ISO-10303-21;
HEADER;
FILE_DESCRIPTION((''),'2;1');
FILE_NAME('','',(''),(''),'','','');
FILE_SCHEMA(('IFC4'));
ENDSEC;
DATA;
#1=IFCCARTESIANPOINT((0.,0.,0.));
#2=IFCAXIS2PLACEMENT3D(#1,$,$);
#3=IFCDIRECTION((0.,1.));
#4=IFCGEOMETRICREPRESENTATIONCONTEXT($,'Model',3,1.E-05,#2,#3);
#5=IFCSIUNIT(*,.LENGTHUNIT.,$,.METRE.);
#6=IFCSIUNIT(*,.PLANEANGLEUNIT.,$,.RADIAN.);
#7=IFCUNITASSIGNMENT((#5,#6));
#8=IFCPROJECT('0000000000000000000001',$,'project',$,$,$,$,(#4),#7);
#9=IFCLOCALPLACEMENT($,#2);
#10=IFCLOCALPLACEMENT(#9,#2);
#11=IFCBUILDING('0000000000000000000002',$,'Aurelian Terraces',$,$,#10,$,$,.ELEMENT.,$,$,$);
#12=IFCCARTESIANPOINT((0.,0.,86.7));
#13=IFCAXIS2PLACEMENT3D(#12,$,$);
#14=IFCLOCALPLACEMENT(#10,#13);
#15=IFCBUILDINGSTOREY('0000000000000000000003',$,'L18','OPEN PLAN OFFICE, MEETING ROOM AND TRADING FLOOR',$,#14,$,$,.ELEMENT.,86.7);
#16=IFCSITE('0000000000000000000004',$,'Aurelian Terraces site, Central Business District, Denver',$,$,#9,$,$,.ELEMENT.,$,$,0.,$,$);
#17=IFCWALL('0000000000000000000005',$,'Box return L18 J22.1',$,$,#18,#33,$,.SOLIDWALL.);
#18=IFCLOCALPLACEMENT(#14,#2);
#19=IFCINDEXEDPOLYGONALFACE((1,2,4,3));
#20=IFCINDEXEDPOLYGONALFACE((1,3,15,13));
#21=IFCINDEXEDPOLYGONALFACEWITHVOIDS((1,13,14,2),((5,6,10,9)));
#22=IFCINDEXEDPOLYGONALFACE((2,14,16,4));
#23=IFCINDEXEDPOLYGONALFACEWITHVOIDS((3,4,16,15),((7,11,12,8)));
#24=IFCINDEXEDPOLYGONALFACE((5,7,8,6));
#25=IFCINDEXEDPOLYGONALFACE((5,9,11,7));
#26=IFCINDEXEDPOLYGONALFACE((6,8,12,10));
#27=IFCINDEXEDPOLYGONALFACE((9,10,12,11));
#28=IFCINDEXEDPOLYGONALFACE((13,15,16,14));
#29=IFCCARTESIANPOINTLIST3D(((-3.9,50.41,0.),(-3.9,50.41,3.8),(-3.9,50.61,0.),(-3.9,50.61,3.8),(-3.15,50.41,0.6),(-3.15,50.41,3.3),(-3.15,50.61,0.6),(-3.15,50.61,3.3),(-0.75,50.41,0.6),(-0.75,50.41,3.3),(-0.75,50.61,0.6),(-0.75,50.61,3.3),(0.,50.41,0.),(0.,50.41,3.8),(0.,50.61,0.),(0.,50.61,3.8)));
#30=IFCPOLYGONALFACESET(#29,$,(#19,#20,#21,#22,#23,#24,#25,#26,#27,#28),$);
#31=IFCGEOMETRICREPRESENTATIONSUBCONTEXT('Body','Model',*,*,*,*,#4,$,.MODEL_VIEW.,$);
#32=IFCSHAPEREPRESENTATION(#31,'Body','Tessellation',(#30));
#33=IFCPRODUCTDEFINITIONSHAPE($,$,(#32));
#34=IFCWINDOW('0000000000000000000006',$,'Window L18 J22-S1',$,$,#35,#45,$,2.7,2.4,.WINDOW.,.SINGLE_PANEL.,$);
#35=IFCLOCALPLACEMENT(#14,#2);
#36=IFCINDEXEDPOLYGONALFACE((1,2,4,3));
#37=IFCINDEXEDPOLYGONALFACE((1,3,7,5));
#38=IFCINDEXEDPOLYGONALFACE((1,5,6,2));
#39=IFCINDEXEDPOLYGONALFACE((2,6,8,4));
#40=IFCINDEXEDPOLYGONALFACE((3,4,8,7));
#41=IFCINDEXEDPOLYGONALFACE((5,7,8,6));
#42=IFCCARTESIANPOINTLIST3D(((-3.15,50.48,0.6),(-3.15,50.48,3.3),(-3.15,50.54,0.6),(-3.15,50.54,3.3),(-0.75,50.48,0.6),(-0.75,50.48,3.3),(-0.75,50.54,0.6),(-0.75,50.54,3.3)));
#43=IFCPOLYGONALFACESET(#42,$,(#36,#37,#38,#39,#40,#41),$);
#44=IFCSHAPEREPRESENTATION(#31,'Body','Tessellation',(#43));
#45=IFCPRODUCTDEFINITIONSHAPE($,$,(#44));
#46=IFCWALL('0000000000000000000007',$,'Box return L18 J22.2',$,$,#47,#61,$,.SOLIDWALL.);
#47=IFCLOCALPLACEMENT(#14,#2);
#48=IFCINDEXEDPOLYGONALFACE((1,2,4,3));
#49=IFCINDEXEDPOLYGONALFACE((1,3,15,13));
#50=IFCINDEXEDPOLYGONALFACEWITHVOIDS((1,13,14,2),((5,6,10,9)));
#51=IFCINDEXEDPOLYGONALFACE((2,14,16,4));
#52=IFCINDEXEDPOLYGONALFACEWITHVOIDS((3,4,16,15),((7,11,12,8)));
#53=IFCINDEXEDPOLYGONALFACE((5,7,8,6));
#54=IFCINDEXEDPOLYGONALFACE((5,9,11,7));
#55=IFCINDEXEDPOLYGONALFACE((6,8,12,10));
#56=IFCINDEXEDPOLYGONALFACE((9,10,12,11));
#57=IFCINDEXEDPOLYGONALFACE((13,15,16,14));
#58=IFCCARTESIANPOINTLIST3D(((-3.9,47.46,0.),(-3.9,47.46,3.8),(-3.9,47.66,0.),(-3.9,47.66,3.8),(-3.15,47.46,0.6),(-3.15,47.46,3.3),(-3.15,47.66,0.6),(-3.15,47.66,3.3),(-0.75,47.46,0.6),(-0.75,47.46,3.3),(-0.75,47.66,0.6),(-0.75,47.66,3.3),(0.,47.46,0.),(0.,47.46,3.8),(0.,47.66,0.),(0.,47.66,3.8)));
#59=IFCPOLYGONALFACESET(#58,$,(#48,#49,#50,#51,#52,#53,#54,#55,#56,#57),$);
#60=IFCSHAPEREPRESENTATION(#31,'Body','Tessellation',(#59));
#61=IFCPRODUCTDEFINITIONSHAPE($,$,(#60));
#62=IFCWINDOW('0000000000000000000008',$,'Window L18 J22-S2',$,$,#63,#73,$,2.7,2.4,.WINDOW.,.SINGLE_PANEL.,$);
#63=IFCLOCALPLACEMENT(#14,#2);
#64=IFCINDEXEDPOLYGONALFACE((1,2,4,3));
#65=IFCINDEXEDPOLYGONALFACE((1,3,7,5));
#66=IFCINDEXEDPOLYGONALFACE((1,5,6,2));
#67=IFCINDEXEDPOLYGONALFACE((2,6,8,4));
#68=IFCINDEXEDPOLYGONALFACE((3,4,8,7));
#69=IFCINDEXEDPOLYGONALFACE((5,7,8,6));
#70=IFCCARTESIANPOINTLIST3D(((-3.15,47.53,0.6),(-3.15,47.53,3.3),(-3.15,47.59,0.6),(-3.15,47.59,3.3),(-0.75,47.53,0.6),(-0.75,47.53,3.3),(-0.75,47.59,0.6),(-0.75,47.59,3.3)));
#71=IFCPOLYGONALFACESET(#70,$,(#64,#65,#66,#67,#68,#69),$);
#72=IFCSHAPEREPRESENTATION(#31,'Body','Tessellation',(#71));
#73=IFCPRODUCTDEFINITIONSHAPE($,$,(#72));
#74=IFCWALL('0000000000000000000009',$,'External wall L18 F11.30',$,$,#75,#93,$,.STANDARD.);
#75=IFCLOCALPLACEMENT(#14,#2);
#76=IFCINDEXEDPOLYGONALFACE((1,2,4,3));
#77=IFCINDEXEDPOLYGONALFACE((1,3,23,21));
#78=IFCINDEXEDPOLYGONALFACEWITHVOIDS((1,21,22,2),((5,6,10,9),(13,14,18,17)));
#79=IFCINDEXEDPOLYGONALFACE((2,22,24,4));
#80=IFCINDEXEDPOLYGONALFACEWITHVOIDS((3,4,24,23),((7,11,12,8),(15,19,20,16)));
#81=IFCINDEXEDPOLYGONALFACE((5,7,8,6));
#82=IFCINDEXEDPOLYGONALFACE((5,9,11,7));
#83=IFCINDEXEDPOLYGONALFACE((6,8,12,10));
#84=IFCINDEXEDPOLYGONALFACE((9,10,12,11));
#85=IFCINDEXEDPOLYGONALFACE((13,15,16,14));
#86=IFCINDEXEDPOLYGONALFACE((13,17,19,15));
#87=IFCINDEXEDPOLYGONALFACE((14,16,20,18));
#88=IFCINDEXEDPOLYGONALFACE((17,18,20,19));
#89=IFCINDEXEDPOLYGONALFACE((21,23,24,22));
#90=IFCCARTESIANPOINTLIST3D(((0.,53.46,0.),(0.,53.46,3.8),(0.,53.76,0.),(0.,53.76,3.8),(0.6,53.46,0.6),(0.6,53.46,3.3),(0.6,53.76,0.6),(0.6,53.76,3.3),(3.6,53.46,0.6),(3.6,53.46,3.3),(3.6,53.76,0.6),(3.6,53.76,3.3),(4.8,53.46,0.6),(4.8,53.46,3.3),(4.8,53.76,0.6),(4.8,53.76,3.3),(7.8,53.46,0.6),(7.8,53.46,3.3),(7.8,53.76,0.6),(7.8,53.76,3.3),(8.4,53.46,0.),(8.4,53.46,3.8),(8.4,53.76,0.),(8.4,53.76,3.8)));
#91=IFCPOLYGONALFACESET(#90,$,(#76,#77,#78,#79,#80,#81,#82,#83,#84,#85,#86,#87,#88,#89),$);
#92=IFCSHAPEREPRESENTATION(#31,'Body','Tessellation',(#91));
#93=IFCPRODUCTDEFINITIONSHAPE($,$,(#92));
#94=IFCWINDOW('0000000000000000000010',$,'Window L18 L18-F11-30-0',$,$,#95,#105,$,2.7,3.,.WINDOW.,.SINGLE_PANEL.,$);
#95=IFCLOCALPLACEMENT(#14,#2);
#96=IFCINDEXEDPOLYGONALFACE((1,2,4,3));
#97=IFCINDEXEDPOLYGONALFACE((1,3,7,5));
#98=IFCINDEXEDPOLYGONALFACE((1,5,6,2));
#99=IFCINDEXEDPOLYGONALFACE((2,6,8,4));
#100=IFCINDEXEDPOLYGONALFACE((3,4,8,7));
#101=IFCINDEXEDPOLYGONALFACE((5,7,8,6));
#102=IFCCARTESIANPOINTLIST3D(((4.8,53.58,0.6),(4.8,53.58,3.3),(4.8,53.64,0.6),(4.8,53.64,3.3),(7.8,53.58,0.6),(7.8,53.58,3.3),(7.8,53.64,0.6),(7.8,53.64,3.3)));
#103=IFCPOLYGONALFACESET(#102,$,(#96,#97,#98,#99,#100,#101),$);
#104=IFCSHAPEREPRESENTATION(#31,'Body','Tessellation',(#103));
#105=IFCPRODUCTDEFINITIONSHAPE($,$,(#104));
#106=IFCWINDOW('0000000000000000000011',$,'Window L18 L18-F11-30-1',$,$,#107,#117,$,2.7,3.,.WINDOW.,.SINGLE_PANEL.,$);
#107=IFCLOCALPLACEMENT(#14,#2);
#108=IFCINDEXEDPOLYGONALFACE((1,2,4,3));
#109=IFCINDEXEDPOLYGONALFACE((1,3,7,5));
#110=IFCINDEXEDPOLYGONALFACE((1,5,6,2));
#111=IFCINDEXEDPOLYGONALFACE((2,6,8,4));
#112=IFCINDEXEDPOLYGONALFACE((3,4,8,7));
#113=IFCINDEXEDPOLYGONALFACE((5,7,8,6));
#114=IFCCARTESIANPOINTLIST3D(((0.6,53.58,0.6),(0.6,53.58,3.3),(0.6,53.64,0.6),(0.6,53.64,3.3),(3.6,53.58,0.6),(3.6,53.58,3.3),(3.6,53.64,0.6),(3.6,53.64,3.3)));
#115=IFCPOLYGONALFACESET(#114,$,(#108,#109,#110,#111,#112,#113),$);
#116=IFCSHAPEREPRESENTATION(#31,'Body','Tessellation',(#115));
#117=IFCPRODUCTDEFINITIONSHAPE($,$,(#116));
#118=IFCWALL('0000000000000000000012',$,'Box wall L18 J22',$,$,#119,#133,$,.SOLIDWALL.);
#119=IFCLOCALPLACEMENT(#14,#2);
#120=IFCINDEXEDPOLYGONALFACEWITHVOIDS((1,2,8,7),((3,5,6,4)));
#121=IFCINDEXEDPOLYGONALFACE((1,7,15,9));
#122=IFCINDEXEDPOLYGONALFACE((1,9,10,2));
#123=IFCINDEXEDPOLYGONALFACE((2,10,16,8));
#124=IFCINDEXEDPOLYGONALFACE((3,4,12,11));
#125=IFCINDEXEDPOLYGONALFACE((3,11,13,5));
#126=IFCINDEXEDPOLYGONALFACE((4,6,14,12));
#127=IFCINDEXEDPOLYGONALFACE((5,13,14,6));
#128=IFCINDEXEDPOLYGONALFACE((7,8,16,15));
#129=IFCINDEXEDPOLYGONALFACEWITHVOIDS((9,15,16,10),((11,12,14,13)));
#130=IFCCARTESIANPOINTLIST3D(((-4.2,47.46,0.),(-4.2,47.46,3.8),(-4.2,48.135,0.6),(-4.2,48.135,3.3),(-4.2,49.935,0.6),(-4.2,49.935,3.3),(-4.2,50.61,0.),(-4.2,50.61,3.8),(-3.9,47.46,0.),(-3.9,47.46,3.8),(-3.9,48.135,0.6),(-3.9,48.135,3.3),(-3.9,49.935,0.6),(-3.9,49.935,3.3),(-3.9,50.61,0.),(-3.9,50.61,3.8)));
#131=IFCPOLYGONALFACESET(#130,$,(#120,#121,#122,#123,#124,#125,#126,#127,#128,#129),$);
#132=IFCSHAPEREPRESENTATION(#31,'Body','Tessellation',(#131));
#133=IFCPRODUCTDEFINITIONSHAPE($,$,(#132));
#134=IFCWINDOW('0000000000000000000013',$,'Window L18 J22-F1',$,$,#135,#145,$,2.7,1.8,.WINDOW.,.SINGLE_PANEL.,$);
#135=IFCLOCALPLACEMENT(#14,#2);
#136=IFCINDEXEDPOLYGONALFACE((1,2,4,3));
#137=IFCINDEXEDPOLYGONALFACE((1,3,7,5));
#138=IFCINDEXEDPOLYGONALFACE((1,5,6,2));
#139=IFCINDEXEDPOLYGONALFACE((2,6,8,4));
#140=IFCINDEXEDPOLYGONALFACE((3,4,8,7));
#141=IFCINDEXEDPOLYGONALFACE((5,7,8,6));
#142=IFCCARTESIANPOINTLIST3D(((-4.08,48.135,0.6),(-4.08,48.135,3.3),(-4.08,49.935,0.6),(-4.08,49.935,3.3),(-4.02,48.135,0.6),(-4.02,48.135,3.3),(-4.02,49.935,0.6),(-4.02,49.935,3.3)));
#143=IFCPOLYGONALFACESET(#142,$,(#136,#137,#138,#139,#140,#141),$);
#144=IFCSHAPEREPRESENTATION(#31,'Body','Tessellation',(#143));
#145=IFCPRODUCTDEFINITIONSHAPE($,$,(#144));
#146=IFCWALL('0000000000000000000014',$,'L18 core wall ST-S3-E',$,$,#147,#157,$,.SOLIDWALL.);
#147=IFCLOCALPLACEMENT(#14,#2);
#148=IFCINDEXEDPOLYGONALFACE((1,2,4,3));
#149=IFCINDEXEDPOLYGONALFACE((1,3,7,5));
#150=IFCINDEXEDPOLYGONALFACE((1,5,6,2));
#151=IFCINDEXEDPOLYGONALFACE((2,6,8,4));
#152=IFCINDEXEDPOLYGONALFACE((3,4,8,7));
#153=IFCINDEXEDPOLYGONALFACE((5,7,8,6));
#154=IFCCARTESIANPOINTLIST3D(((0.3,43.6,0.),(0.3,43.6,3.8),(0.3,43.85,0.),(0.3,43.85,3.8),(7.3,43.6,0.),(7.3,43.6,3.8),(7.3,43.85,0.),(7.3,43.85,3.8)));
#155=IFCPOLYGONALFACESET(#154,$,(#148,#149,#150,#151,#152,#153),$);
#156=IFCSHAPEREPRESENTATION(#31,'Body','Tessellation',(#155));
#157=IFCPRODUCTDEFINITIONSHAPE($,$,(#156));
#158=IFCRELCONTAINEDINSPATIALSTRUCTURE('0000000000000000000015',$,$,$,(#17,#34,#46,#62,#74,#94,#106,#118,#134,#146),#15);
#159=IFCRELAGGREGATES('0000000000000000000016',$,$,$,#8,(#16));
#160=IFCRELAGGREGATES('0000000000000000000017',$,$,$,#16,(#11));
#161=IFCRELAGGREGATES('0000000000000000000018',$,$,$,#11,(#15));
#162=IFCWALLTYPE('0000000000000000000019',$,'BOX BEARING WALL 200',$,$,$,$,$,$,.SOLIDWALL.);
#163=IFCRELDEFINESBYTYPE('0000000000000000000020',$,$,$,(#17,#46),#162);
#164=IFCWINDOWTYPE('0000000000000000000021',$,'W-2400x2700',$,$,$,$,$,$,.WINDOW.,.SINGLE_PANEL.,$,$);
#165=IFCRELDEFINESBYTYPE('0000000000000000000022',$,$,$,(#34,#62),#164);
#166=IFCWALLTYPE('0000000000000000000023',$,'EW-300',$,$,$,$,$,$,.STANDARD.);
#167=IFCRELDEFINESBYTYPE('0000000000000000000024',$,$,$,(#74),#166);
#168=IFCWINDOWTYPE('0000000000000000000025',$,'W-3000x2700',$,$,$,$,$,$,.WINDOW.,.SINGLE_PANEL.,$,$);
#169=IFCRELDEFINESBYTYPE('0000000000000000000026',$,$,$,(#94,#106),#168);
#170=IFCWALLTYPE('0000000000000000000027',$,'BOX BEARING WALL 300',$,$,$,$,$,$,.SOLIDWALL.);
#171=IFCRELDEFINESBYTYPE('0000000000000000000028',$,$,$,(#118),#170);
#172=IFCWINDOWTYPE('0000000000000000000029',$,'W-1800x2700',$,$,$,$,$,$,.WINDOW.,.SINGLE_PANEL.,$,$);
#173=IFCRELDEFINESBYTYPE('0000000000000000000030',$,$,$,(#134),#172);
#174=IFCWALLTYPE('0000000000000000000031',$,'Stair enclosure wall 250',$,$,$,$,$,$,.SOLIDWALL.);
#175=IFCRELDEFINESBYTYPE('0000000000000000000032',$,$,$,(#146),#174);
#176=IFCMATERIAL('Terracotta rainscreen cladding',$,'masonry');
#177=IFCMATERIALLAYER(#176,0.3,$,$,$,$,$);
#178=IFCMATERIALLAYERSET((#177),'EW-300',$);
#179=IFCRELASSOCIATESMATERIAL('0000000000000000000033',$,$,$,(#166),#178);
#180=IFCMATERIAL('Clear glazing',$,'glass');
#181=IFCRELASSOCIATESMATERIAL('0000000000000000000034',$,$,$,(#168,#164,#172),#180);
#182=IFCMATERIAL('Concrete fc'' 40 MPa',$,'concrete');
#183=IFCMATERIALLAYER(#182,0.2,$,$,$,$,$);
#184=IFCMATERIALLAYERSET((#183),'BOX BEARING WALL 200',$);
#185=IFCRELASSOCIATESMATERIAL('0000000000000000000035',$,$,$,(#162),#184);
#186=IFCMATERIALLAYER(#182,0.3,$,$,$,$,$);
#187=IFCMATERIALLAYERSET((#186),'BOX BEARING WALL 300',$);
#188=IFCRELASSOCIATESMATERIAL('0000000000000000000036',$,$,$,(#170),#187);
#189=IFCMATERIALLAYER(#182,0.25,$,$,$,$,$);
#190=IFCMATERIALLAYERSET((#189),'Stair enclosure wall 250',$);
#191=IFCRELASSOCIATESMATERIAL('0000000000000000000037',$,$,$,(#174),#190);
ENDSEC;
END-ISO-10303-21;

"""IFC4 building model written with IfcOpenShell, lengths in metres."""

from ifc_helpers import new_model, si_unit, direction, frame, frame_2d, origin, place, context, subcontext, project, spatial, rectangle, extrude, source, transform, mapped, material, layer, layer_set, type_object, element, fill, save


model = new_model("IFC4")

# Units and contexts
model_context = context("Model", 3, precision=1e-05, world=origin(), true_north=direction((0.0, 1.0)))
body_context = subcontext(model_context, "Body", "Model", "MODEL_VIEW")
ifc_project = project(units=[si_unit("LENGTHUNIT", "METRE"), si_unit("PLANEANGLEUNIT", "RADIAN")], contexts=[model_context])

# Site, building, storey
site_placement = place(None, origin())
site = spatial("IfcSite", under=ifc_project, at=site_placement, Name="Aurelian Terraces site, Central Business District, Denver", CompositionType="ELEMENT", RefElevation=0.0)
building_placement = place(site_placement, origin())
building = spatial("IfcBuilding", under=site, at=building_placement, Name="Aurelian Terraces", CompositionType="ELEMENT")
storey_placement = place(building_placement, frame((0.0, 0.0, 86.7)))
storey = spatial("IfcBuildingStorey", under=building, at=storey_placement, Name="L18", Description="OPEN PLAN OFFICE, MEETING ROOM AND TRADING FLOOR", CompositionType="ELEMENT", Elevation=86.7)

# Shared definitions
ifc_material_1 = material(Name="Terracotta rainscreen cladding", Category="masonry")
ifc_layer_1 = layer(ifc_material_1, 0.3)
ifc_layer_set_1 = layer_set([ifc_layer_1], Name="EW-300")
wall_type_1 = type_object("IfcWallType", Name="EW-300", PredefinedType="STANDARD", material=ifc_layer_set_1)

# Shared definitions
shared_shape_1 = source(origin(), body_context, "Body", "SweptSolid", [
    extrude(rectangle(XDim=3.0, YDim=2.7, at=frame_2d((1.5, 1.35))), frame((0.0, 0.16, 0.0), z_axis=(0.0, -1.0, 0.0), x_axis=(1.0, 0.0, 0.0)), (0.0, 0.0, 1.0), 0.32),
])
ifc_material_2 = material(Name="Clear glazing", Category="glass")
window_type_1 = type_object("IfcWindowType", Name="W-3000x2700", PartitioningType="SINGLE_PANEL", PredefinedType="WINDOW", material=ifc_material_2)
shared_shape_2 = source(origin(), body_context, "Body", "SweptSolid", [
    extrude(rectangle(XDim=3.0, YDim=2.7, at=frame_2d((1.5, 1.35))), frame((0.0, 0.03, 0.0), z_axis=(0.0, -1.0, 0.0), x_axis=(1.0, 0.0, 0.0)), (0.0, 0.0, 1.0), 0.06),
])

# Shared definitions
ifc_material_3 = material(Name="Concrete fc' 40 MPa", Category="concrete")

# Walls, openings, windows
ifc_layer_2 = layer(ifc_material_3, 0.2)
ifc_layer_set_2 = layer_set([ifc_layer_2], Name="BOX BEARING WALL 200")
wall_type_2 = type_object("IfcWallType", Name="BOX BEARING WALL 200", PredefinedType="SOLIDWALL", material=ifc_layer_set_2)
shared_shape_3 = source(origin(), body_context, "Body", "SweptSolid", [
    extrude(rectangle(XDim=3.9, YDim=0.2, at=frame_2d((1.95, 0.0))), origin(), (0.0, 0.0, 1.0), 3.8),
])
wall_1_placement = place(storey_placement, frame((0.0, 50.51, 0.0), z_axis=(0.0, 0.0, 1.0), x_axis=(-1.0, 0.0, 0.0)))
wall_1 = element("IfcWall", 1, at=wall_1_placement, inside=storey, type_object=wall_type_2, Name="Box return L18 J22.1", PredefinedType="SOLIDWALL", context=body_context, shape_type="MappedRepresentation", body=[
    mapped(shared_shape_3, transform((0.0, 0.0, 0.0), scale=1.0)),
])
shared_shape_4 = source(origin(), body_context, "Body", "SweptSolid", [
    extrude(rectangle(XDim=2.4, YDim=2.7, at=frame_2d((1.2, 1.35))), frame((0.0, 0.11, 0.0), z_axis=(0.0, -1.0, 0.0), x_axis=(1.0, 0.0, 0.0)), (0.0, 0.0, 1.0), 0.22),
])
opening_1_placement = place(wall_1_placement, frame((0.75, 0.0, 0.6)))
opening_1 = element("IfcOpeningElement", 2, at=opening_1_placement, cuts=wall_1, PredefinedType="OPENING", context=body_context, shape_type="MappedRepresentation", body=[
    mapped(shared_shape_4, transform((0.0, 0.0, 0.0), scale=1.0)),
])
window_type_2 = type_object("IfcWindowType", Name="W-2400x2700", PartitioningType="SINGLE_PANEL", PredefinedType="WINDOW", material=ifc_material_2)
shared_shape_5 = source(origin(), body_context, "Body", "SweptSolid", [
    extrude(rectangle(XDim=2.4, YDim=2.7, at=frame_2d((1.2, 1.35))), frame((0.0, 0.03, 0.0), z_axis=(0.0, -1.0, 0.0), x_axis=(1.0, 0.0, 0.0)), (0.0, 0.0, 1.0), 0.06),
])
window_1_placement = place(opening_1_placement, origin())
window_1 = element("IfcWindow", 3, at=window_1_placement, inside=storey, type_object=window_type_2, Name="Window L18 J22-S1", OverallHeight=2.7, OverallWidth=2.4, PartitioningType="SINGLE_PANEL", PredefinedType="WINDOW", context=body_context, shape_type="MappedRepresentation", body=[
    mapped(shared_shape_5, transform((0.0, 0.0, 0.0), scale=1.0)),
])
fill(opening_1, window_1)
wall_2_placement = place(storey_placement, frame((0.0, 47.56, 0.0), z_axis=(0.0, 0.0, 1.0), x_axis=(-1.0, 0.0, 0.0)))
wall_2 = element("IfcWall", 4, at=wall_2_placement, inside=storey, type_object=wall_type_2, Name="Box return L18 J22.2", PredefinedType="SOLIDWALL", context=body_context, shape_type="MappedRepresentation", body=[
    mapped(shared_shape_3, transform((0.0, 0.0, 0.0), scale=1.0)),
])
opening_2_placement = place(wall_2_placement, frame((0.75, 0.0, 0.6)))
opening_2 = element("IfcOpeningElement", 5, at=opening_2_placement, cuts=wall_2, PredefinedType="OPENING", context=body_context, shape_type="MappedRepresentation", body=[
    mapped(shared_shape_4, transform((0.0, 0.0, 0.0), scale=1.0)),
])
window_2_placement = place(opening_2_placement, origin())
window_2 = element("IfcWindow", 6, at=window_2_placement, inside=storey, type_object=window_type_2, Name="Window L18 J22-S2", OverallHeight=2.7, OverallWidth=2.4, PartitioningType="SINGLE_PANEL", PredefinedType="WINDOW", context=body_context, shape_type="MappedRepresentation", body=[
    mapped(shared_shape_5, transform((0.0, 0.0, 0.0), scale=1.0)),
])
fill(opening_2, window_2)

# Wall, openings, windows
shared_shape_6 = source(origin(), body_context, "Body", "SweptSolid", [
    extrude(rectangle(XDim=8.4, YDim=0.3, at=frame_2d((4.2, 0.0))), origin(), (0.0, 0.0, 1.0), 3.8),
])
wall_3_placement = place(storey_placement, frame((8.4, 53.61, 0.0), z_axis=(0.0, 0.0, 1.0), x_axis=(-1.0, 0.0, 0.0)))
wall_3 = element("IfcWall", 7, at=wall_3_placement, inside=storey, type_object=wall_type_1, Name="External wall L18 F11.30", PredefinedType="STANDARD", context=body_context, shape_type="MappedRepresentation", body=[
    mapped(shared_shape_6, transform((0.0, 0.0, 0.0), scale=1.0)),
])
opening_3_placement = place(wall_3_placement, frame((0.6, 0.0, 0.6)))
opening_3 = element("IfcOpeningElement", 8, at=opening_3_placement, cuts=wall_3, PredefinedType="OPENING", context=body_context, shape_type="MappedRepresentation", body=[
    mapped(shared_shape_1, transform((0.0, 0.0, 0.0), scale=1.0)),
])
opening_4_placement = place(wall_3_placement, frame((4.8, 0.0, 0.6)))
opening_4 = element("IfcOpeningElement", 9, at=opening_4_placement, cuts=wall_3, PredefinedType="OPENING", context=body_context, shape_type="MappedRepresentation", body=[
    mapped(shared_shape_1, transform((0.0, 0.0, 0.0), scale=1.0)),
])
window_3_placement = place(opening_3_placement, origin())
window_3 = element("IfcWindow", 10, at=window_3_placement, inside=storey, type_object=window_type_1, Name="Window L18 L18-F11-30-0", OverallHeight=2.7, OverallWidth=3.0, PartitioningType="SINGLE_PANEL", PredefinedType="WINDOW", context=body_context, shape_type="MappedRepresentation", body=[
    mapped(shared_shape_2, transform((0.0, 0.0, 0.0), scale=1.0)),
])
fill(opening_3, window_3)
window_4_placement = place(opening_4_placement, origin())
window_4 = element("IfcWindow", 11, at=window_4_placement, inside=storey, type_object=window_type_1, Name="Window L18 L18-F11-30-1", OverallHeight=2.7, OverallWidth=3.0, PartitioningType="SINGLE_PANEL", PredefinedType="WINDOW", context=body_context, shape_type="MappedRepresentation", body=[
    mapped(shared_shape_2, transform((0.0, 0.0, 0.0), scale=1.0)),
])
fill(opening_4, window_4)

# Wall, opening, window
ifc_layer_3 = layer(ifc_material_3, 0.3)
ifc_layer_set_3 = layer_set([ifc_layer_3], Name="BOX BEARING WALL 300")
wall_type_3 = type_object("IfcWallType", Name="BOX BEARING WALL 300", PredefinedType="SOLIDWALL", material=ifc_layer_set_3)
shared_shape_7 = source(origin(), body_context, "Body", "SweptSolid", [
    extrude(rectangle(XDim=3.15, YDim=0.3, at=frame_2d((1.575, 0.0))), origin(), (0.0, 0.0, 1.0), 3.8),
])
wall_4_placement = place(storey_placement, frame((-4.05, 50.61, 0.0), z_axis=(0.0, 0.0, 1.0), x_axis=(0.0, -1.0, 0.0)))
wall_4 = element("IfcWall", 12, at=wall_4_placement, inside=storey, type_object=wall_type_3, Name="Box wall L18 J22", PredefinedType="SOLIDWALL", context=body_context, shape_type="MappedRepresentation", body=[
    mapped(shared_shape_7, transform((0.0, 0.0, 0.0), scale=1.0)),
])
shared_shape_8 = source(origin(), body_context, "Body", "SweptSolid", [
    extrude(rectangle(XDim=1.8, YDim=2.7, at=frame_2d((0.9, 1.35))), frame((0.0, 0.16, 0.0), z_axis=(0.0, -1.0, 0.0), x_axis=(1.0, 0.0, 0.0)), (0.0, 0.0, 1.0), 0.32),
])
opening_5_placement = place(wall_4_placement, frame((0.675, 0.0, 0.6)))
opening_5 = element("IfcOpeningElement", 13, at=opening_5_placement, cuts=wall_4, PredefinedType="OPENING", context=body_context, shape_type="MappedRepresentation", body=[
    mapped(shared_shape_8, transform((0.0, 0.0, 0.0), scale=1.0)),
])
window_type_3 = type_object("IfcWindowType", Name="W-1800x2700", PartitioningType="SINGLE_PANEL", PredefinedType="WINDOW", material=ifc_material_2)
shared_shape_9 = source(origin(), body_context, "Body", "SweptSolid", [
    extrude(rectangle(XDim=1.8, YDim=2.7, at=frame_2d((0.9, 1.35))), frame((0.0, 0.03, 0.0), z_axis=(0.0, -1.0, 0.0), x_axis=(1.0, 0.0, 0.0)), (0.0, 0.0, 1.0), 0.06),
])
window_5_placement = place(opening_5_placement, origin())
window_5 = element("IfcWindow", 14, at=window_5_placement, inside=storey, type_object=window_type_3, Name="Window L18 J22-F1", OverallHeight=2.7, OverallWidth=1.8, PartitioningType="SINGLE_PANEL", PredefinedType="WINDOW", context=body_context, shape_type="MappedRepresentation", body=[
    mapped(shared_shape_9, transform((0.0, 0.0, 0.0), scale=1.0)),
])
fill(opening_5, window_5)

# Wall
ifc_layer_4 = layer(ifc_material_3, 0.25)
ifc_layer_set_4 = layer_set([ifc_layer_4], Name="Stair enclosure wall 250")
wall_type_4 = type_object("IfcWallType", Name="Stair enclosure wall 250", PredefinedType="SOLIDWALL", material=ifc_layer_set_4)
shared_shape_10 = source(origin(), body_context, "Body", "SweptSolid", [
    extrude(rectangle(XDim=7.0, YDim=0.25, at=frame_2d((3.5, 0.0))), origin(), (0.0, 0.0, 1.0), 3.8),
])
wall_5_placement = place(storey_placement, frame((0.3, 43.725, 0.0), z_axis=(0.0, 0.0, 1.0), x_axis=(1.0, 0.0, 0.0)))
element("IfcWall", 15, at=wall_5_placement, inside=storey, type_object=wall_type_4, Name="L18 core wall ST-S3-E", PredefinedType="SOLIDWALL", context=body_context, shape_type="MappedRepresentation", body=[
    mapped(shared_shape_10, transform((0.0, 0.0, 0.0), scale=1.0)),
])

save(model, "model.ifc")
